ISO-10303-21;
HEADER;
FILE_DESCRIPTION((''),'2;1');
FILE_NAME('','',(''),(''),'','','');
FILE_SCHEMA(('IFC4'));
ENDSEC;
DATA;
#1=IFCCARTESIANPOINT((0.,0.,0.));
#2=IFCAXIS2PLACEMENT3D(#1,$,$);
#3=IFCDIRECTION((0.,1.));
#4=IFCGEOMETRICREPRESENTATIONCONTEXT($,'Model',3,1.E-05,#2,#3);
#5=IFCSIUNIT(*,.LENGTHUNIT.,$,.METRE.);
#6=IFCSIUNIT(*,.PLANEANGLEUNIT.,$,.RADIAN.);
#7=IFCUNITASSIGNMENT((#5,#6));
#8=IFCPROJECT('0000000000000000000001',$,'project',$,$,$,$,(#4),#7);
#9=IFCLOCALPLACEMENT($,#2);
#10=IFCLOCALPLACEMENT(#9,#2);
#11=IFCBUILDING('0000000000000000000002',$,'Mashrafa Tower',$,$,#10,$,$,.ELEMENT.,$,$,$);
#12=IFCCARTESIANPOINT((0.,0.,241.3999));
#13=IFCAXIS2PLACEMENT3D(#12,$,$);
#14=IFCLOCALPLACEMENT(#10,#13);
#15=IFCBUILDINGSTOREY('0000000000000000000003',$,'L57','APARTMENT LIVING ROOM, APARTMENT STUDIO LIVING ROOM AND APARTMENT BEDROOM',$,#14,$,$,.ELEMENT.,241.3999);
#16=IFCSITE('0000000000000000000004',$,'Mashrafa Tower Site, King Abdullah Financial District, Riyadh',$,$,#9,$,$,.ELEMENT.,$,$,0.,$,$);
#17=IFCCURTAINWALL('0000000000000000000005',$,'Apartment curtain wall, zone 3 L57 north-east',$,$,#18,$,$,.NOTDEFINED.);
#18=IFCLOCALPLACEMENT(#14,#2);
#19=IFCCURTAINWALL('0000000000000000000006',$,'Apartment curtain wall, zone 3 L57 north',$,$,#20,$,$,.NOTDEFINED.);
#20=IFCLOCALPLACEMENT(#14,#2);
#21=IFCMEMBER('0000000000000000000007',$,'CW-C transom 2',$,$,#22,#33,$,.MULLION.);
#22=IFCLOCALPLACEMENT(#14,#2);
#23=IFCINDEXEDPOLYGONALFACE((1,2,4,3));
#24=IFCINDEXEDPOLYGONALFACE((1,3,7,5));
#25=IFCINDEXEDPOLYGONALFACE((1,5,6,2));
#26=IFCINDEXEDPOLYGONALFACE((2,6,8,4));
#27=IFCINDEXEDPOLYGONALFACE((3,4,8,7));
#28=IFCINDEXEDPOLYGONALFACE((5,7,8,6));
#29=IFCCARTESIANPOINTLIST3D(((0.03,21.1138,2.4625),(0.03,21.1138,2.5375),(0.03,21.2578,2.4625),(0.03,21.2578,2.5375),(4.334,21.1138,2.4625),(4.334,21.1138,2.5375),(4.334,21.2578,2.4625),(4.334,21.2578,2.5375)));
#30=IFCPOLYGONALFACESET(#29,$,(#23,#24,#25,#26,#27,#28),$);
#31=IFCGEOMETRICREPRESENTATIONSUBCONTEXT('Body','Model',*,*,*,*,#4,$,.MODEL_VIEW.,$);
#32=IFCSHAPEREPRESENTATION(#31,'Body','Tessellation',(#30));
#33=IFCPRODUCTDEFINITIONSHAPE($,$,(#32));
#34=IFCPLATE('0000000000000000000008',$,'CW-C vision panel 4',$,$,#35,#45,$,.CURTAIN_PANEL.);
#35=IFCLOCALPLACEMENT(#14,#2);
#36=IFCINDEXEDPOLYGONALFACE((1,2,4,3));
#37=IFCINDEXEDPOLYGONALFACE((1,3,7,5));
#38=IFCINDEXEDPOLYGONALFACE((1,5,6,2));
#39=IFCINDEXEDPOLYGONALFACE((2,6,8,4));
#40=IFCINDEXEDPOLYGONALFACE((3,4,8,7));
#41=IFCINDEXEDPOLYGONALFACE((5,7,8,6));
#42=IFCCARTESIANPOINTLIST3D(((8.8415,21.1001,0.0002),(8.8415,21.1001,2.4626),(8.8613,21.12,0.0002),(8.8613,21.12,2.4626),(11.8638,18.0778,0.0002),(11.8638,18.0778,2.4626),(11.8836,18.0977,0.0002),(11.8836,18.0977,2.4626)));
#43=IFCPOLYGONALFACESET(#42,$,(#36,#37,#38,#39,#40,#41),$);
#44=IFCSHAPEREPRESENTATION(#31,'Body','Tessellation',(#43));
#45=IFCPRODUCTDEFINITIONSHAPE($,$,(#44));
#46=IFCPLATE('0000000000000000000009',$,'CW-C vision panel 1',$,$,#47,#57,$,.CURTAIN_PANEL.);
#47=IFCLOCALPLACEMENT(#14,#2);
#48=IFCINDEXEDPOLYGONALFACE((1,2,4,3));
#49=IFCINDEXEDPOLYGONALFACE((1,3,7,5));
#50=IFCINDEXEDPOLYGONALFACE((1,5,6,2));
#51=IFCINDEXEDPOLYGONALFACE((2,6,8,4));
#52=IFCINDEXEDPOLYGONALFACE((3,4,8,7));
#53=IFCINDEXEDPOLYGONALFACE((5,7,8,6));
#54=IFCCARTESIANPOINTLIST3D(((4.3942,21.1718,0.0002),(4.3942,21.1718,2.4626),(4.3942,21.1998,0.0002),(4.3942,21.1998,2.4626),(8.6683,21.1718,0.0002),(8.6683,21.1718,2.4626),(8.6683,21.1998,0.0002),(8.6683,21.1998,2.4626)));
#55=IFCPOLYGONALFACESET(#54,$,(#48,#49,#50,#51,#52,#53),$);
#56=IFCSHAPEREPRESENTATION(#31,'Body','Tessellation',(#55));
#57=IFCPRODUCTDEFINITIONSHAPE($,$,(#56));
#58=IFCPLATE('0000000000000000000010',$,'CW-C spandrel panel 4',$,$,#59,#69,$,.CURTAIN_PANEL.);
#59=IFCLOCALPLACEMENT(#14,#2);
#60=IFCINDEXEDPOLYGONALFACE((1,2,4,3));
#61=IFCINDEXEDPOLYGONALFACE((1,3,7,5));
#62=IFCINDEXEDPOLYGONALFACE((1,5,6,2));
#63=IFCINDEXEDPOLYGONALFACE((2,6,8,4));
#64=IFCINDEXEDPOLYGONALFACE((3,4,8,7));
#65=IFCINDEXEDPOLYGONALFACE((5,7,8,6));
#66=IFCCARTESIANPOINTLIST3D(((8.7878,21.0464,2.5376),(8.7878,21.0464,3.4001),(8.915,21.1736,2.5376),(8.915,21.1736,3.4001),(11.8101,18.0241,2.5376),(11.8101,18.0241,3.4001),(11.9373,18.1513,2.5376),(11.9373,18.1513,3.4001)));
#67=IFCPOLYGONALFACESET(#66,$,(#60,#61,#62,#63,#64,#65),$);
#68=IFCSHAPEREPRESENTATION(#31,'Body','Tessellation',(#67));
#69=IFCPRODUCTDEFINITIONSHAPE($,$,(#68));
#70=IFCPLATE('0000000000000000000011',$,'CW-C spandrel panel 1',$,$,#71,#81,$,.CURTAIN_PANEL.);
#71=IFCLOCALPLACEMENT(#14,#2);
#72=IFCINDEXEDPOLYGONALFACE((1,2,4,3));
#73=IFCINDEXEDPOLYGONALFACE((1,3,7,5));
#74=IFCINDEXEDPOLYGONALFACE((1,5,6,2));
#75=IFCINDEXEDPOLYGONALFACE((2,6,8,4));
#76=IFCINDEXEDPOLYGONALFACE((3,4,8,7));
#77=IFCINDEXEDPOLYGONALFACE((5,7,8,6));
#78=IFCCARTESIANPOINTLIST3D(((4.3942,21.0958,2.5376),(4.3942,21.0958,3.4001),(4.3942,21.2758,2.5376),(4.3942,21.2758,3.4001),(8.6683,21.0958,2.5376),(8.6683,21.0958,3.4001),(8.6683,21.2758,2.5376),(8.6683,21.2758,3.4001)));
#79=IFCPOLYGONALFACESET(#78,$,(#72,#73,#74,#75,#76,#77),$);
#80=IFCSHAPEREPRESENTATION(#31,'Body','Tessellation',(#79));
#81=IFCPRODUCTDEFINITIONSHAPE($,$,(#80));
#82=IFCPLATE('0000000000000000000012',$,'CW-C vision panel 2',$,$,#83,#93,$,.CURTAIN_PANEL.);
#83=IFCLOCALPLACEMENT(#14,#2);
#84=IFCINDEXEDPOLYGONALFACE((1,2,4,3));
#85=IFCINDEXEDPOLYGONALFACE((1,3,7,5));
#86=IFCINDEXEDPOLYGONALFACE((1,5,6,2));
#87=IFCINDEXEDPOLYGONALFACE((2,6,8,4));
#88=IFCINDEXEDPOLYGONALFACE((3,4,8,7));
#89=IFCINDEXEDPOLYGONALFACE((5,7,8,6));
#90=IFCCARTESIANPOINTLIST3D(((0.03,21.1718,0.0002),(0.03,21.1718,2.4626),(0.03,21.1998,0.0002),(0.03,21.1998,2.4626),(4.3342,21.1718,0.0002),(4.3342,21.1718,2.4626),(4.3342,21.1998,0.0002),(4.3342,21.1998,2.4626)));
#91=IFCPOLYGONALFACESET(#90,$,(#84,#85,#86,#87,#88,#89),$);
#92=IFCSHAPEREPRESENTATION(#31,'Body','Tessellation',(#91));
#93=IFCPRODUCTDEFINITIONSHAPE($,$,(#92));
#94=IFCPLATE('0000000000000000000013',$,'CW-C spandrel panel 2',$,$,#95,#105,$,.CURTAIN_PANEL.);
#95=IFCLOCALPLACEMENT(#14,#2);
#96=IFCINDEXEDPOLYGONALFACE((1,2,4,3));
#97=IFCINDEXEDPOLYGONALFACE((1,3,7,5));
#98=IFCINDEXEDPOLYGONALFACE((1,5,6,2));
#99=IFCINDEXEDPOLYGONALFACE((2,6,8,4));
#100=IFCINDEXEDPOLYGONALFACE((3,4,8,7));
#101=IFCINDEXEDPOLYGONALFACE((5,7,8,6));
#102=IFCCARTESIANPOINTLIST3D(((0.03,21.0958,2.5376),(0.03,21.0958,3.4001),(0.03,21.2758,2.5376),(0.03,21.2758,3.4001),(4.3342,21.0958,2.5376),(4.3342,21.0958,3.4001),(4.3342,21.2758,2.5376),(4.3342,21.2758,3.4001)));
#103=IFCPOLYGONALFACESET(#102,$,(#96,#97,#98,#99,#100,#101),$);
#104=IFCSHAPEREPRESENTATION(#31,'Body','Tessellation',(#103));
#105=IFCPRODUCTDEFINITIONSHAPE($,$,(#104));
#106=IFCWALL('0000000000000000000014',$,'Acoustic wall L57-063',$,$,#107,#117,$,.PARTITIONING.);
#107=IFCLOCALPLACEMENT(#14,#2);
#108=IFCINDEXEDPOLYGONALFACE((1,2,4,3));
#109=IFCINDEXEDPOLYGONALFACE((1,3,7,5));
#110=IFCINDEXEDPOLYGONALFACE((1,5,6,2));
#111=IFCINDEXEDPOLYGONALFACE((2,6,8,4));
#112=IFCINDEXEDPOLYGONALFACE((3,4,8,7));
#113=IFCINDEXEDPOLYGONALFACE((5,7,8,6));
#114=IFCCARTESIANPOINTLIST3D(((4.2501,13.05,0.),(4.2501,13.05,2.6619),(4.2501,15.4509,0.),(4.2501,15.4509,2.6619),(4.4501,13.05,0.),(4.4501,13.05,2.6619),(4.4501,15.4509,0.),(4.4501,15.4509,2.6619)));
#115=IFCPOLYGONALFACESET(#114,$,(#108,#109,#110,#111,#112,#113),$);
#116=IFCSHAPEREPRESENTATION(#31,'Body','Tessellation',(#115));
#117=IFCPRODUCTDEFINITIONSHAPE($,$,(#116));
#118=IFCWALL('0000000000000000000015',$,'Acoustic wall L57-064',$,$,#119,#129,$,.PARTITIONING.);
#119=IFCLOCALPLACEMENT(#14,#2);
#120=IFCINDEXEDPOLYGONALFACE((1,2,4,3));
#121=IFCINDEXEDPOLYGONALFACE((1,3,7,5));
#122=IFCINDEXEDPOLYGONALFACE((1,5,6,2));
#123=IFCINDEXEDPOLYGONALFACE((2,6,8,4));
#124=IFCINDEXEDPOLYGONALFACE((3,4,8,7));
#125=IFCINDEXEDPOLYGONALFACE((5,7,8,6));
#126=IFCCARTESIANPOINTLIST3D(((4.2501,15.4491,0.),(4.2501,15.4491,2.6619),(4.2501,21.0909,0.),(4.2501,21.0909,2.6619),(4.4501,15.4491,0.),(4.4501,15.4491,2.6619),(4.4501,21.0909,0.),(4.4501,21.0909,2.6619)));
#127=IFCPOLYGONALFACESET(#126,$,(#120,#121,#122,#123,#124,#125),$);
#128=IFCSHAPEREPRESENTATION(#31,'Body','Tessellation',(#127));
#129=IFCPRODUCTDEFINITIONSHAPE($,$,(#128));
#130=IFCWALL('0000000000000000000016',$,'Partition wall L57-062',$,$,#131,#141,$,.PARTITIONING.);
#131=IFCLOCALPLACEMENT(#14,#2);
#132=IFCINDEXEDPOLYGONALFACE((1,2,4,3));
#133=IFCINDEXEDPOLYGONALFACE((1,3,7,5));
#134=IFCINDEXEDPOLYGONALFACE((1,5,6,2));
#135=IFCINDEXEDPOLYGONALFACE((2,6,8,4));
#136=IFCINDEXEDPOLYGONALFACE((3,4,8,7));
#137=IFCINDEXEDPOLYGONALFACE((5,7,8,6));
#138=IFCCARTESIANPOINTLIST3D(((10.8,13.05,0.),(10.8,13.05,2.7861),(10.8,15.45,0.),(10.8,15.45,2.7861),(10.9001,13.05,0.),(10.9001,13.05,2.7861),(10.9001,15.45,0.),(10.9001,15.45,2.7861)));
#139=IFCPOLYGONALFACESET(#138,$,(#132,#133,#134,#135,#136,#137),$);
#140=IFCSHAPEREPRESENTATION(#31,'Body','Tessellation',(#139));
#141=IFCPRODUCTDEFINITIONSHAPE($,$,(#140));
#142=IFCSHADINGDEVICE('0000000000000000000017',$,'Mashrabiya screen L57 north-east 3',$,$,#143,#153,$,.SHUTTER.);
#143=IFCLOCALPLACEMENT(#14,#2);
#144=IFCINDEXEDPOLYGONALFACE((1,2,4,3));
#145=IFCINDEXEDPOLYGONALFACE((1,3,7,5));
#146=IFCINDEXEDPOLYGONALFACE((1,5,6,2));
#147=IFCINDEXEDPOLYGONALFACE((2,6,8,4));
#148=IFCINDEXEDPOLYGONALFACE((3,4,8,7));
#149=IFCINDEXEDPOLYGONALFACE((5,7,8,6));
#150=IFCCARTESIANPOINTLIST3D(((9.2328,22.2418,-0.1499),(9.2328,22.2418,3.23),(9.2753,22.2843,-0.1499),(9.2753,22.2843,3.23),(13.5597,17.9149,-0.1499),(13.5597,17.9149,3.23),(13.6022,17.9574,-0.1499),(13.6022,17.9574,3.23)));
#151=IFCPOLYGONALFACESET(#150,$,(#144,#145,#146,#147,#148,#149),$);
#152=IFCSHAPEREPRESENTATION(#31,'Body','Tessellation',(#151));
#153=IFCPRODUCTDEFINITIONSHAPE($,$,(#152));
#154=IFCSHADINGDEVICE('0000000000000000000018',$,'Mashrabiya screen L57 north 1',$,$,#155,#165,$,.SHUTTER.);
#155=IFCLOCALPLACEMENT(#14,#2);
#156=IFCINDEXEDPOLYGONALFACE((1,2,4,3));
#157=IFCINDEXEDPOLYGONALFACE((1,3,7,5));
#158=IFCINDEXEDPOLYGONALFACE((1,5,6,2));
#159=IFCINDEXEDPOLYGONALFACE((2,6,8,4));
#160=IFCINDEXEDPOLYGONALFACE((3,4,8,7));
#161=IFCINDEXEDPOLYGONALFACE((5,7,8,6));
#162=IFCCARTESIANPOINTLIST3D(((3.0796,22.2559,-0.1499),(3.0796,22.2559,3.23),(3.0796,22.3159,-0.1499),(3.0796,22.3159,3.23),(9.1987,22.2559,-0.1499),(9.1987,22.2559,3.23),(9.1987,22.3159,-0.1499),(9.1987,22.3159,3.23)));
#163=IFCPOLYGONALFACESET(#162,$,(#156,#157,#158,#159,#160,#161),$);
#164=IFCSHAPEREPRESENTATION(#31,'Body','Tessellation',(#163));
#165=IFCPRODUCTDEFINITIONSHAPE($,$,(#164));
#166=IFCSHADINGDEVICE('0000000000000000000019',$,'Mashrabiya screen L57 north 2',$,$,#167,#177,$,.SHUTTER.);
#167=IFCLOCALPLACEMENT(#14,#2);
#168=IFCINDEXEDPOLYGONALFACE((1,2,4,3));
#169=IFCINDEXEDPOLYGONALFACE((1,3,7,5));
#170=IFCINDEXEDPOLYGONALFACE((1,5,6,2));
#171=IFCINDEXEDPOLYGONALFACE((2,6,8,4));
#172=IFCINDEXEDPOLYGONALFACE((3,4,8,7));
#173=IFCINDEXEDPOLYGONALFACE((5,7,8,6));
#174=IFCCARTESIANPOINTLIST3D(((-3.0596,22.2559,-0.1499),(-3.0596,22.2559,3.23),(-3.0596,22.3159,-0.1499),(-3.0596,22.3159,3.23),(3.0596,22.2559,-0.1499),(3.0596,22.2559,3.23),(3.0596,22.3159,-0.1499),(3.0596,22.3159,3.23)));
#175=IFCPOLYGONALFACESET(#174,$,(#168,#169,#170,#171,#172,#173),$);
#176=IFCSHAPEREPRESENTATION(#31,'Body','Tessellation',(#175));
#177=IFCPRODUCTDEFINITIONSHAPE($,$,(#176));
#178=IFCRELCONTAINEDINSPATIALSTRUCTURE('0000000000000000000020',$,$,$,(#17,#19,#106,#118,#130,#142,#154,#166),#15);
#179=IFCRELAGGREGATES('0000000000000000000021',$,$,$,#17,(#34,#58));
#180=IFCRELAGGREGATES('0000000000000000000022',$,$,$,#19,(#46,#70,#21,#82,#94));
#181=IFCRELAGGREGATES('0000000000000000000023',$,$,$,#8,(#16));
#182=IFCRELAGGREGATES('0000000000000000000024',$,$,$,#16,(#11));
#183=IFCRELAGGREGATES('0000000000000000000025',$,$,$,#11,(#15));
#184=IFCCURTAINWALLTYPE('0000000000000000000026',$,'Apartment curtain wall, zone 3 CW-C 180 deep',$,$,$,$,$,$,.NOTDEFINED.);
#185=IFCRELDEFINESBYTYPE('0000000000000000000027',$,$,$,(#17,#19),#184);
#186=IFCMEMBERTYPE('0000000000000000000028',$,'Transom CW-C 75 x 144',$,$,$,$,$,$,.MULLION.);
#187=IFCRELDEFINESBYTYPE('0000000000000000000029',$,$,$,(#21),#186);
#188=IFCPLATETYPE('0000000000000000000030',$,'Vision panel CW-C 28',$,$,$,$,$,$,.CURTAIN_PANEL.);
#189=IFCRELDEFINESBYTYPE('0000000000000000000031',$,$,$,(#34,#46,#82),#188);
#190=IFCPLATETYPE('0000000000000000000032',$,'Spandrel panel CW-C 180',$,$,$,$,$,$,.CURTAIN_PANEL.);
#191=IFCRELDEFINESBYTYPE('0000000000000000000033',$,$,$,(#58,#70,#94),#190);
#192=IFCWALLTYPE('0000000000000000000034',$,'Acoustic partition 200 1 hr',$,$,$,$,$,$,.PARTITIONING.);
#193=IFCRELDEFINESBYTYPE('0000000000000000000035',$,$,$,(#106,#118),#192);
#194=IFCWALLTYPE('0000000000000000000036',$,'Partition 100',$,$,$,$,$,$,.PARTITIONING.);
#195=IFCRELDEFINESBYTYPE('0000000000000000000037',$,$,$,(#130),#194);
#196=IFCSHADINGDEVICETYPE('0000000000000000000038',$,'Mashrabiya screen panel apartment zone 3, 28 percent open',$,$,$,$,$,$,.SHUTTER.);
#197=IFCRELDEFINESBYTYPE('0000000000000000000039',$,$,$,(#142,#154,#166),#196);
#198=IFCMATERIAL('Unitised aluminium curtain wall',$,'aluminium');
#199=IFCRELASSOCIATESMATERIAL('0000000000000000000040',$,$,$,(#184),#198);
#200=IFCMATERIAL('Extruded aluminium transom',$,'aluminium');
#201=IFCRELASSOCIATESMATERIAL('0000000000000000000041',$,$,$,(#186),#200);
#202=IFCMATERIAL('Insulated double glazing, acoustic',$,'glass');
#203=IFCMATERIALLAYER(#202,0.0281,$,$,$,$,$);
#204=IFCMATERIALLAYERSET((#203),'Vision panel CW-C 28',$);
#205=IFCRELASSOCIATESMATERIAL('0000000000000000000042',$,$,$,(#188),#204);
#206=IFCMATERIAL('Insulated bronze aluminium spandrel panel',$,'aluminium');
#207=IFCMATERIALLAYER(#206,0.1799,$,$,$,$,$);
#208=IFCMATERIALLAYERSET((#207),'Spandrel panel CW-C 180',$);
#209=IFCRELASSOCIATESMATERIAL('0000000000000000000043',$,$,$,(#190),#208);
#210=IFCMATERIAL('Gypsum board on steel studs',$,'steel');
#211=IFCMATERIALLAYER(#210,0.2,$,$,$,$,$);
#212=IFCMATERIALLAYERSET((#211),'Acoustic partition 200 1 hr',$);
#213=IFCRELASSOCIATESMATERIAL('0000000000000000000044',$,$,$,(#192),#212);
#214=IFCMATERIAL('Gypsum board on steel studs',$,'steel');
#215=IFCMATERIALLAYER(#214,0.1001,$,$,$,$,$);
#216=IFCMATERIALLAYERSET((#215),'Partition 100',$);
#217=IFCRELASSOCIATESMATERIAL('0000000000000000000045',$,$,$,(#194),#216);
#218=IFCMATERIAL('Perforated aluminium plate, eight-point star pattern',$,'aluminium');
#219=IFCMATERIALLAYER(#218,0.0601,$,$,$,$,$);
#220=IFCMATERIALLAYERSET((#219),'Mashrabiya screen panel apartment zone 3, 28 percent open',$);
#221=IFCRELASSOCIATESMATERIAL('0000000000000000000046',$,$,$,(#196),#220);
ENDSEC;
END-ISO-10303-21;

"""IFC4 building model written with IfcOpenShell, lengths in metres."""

from ifc_helpers import new_model, si_unit, direction, frame, frame_2d, origin, origin_2d, place, context, subcontext, project, spatial, rectangle, extrude, source, transform, mapped, material, layer, layer_set, material_profile, profile_set, type_object, type_shapes, element, aggregate, save


model = new_model("IFC4")

# Units and contexts
model_context = context("Model", 3, precision=1e-05, world=origin(), true_north=direction((0.0, 1.0)))
body_context = subcontext(model_context, "Body", "Model", "MODEL_VIEW")
ifc_project = project(units=[si_unit("LENGTHUNIT", "METRE"), si_unit("PLANEANGLEUNIT", "RADIAN")], contexts=[model_context])

# Site, building, storey
site_placement = place(None, origin())
site = spatial("IfcSite", under=ifc_project, at=site_placement, Name="Mashrafa Tower Site, King Abdullah Financial District, Riyadh", CompositionType="ELEMENT", RefElevation=0.0)
building_placement = place(site_placement, origin())
building = spatial("IfcBuilding", under=site, at=building_placement, Name="Mashrafa Tower", CompositionType="ELEMENT")
storey_placement = place(building_placement, frame((0.0, 0.0, 241.3999)))
storey = spatial("IfcBuildingStorey", under=building, at=storey_placement, Name="L57", Description="APARTMENT LIVING ROOM, APARTMENT STUDIO LIVING ROOM AND APARTMENT BEDROOM", CompositionType="ELEMENT", Elevation=241.3999)

# Curtain walls
ifc_material_1 = material(Name="Unitised aluminium curtain wall", Category="aluminium")
curtain_wall_type = type_object("IfcCurtainWallType", Name="Apartment curtain wall, zone 3 CW-C 180 deep", PredefinedType="NOTDEFINED", material=ifc_material_1)
curtain_wall_1_placement = place(storey_placement, origin())
curtain_wall_1 = element("IfcCurtainWall", 1, at=curtain_wall_1_placement, inside=storey, type_object=curtain_wall_type, Name="Apartment curtain wall, zone 3 L57 north-east", PredefinedType="NOTDEFINED")
curtain_wall_2_placement = place(storey_placement, origin())
curtain_wall_2 = element("IfcCurtainWall", 2, at=curtain_wall_2_placement, inside=storey, type_object=curtain_wall_type, Name="Apartment curtain wall, zone 3 L57 north", PredefinedType="NOTDEFINED")

# Member
ifc_material_2 = material(Name="Extruded aluminium transom", Category="aluminium")
ifc_material_profile_1 = material_profile(ifc_material_2, rectangle(XDim=0.144, YDim=0.075, at=origin_2d()), Name="Transom 75x144")
ifc_profile_set_1 = profile_set([ifc_material_profile_1], Name="Extruded aluminium transom")
member_type_1 = type_object("IfcMemberType", Name="Transom CW-C 75 x 144", PredefinedType="MULLION", material=ifc_profile_set_1)
shared_shape_1 = source(origin(), body_context, "Body", "SweptSolid", [
    extrude(rectangle(XDim=0.144, YDim=0.075, at=origin_2d()), origin(), (0.0, 0.0, 1.0), 4.304),
])
member_1_placement = place(storey_placement, frame((4.334, 21.1858, 2.5), z_axis=(-1.0, 0.0, 0.0), x_axis=(0.0, -1.0, 0.0)))
member_1 = element("IfcMember", 3, at=member_1_placement, type_object=member_type_1, Name="CW-C transom 2", PredefinedType="MULLION", context=body_context, shape_type="MappedRepresentation", body=[
    mapped(shared_shape_1, transform((0.0, 0.0, 0.0))),
])

# Plates
ifc_material_3 = material(Name="Insulated double glazing, acoustic", Category="glass")
ifc_layer_1 = layer(ifc_material_3, 0.0281)
ifc_layer_set_1 = layer_set([ifc_layer_1], Name="Vision panel CW-C 28")
plate_type_1 = type_object("IfcPlateType", Name="Vision panel CW-C 28", PredefinedType="CURTAIN_PANEL", material=ifc_layer_set_1)
shared_shape_2 = source(origin(), body_context, "Body", "SweptSolid", [
    extrude(rectangle(XDim=4.2742, YDim=0.0281, at=origin_2d()), origin(), (0.0, 0.0, 1.0), 2.4624),
])
plate_1_placement = place(storey_placement, frame((10.3625, 19.5989, 0.0002), z_axis=(0.0, 0.0, 1.0), x_axis=(-0.707107, 0.707107, 0.0)))
plate_1 = element("IfcPlate", 4, at=plate_1_placement, type_object=plate_type_1, Name="CW-C vision panel 4", PredefinedType="CURTAIN_PANEL", context=body_context, shape_type="MappedRepresentation", body=[
    mapped(shared_shape_2, transform((0.0, 0.0, 0.0))),
])
plate_2_placement = place(storey_placement, frame((6.5312, 21.1858, 0.0002), z_axis=(0.0, 0.0, 1.0), x_axis=(-1.0, 0.0, 0.0)))
plate_2 = element("IfcPlate", 5, at=plate_2_placement, type_object=plate_type_1, Name="CW-C vision panel 1", PredefinedType="CURTAIN_PANEL", context=body_context, shape_type="MappedRepresentation", body=[
    mapped(shared_shape_2, transform((0.0, 0.0, 0.0))),
])
ifc_material_4 = material(Name="Insulated bronze aluminium spandrel panel", Category="aluminium")
ifc_layer_2 = layer(ifc_material_4, 0.1799)
ifc_layer_set_2 = layer_set([ifc_layer_2], Name="Spandrel panel CW-C 180")
plate_type_2 = type_object("IfcPlateType", Name="Spandrel panel CW-C 180", PredefinedType="CURTAIN_PANEL", material=ifc_layer_set_2)
shared_shape_3 = source(origin(), body_context, "Body", "SweptSolid", [
    extrude(rectangle(XDim=4.2742, YDim=0.1799, at=origin_2d()), origin(), (0.0, 0.0, 1.0), 0.8625),
])
plate_3_placement = place(storey_placement, frame((10.3625, 19.5989, 2.5376), z_axis=(0.0, 0.0, 1.0), x_axis=(-0.707107, 0.707107, 0.0)))
plate_3 = element("IfcPlate", 6, at=plate_3_placement, type_object=plate_type_2, Name="CW-C spandrel panel 4", PredefinedType="CURTAIN_PANEL", context=body_context, shape_type="MappedRepresentation", body=[
    mapped(shared_shape_3, transform((0.0, 0.0, 0.0))),
])
aggregate(curtain_wall_1, [plate_1, plate_3])
plate_4_placement = place(storey_placement, frame((6.5312, 21.1858, 2.5376), z_axis=(0.0, 0.0, 1.0), x_axis=(-1.0, 0.0, 0.0)))
plate_4 = element("IfcPlate", 7, at=plate_4_placement, type_object=plate_type_2, Name="CW-C spandrel panel 1", PredefinedType="CURTAIN_PANEL", context=body_context, shape_type="MappedRepresentation", body=[
    mapped(shared_shape_3, transform((0.0, 0.0, 0.0))),
])
shared_shape_4 = source(origin(), body_context, "Body", "SweptSolid", [
    extrude(rectangle(XDim=4.3042, YDim=0.0281, at=origin_2d()), origin(), (0.0, 0.0, 1.0), 2.4624),
])
type_shapes(plate_type_1, [shared_shape_2, shared_shape_4])
plate_5_placement = place(storey_placement, frame((2.1821, 21.1858, 0.0002), z_axis=(0.0, 0.0, 1.0), x_axis=(-1.0, 0.0, 0.0)))
plate_5 = element("IfcPlate", 8, at=plate_5_placement, type_object=plate_type_1, Name="CW-C vision panel 2", PredefinedType="CURTAIN_PANEL", context=body_context, shape_type="MappedRepresentation", body=[
    mapped(shared_shape_4, transform((0.0, 0.0, 0.0))),
])
shared_shape_5 = source(origin(), body_context, "Body", "SweptSolid", [
    extrude(rectangle(XDim=4.3042, YDim=0.1799, at=origin_2d()), origin(), (0.0, 0.0, 1.0), 0.8625),
])
type_shapes(plate_type_2, [shared_shape_3, shared_shape_5])
plate_6_placement = place(storey_placement, frame((2.1821, 21.1858, 2.5376), z_axis=(0.0, 0.0, 1.0), x_axis=(-1.0, 0.0, 0.0)))
plate_6 = element("IfcPlate", 9, at=plate_6_placement, type_object=plate_type_2, Name="CW-C spandrel panel 2", PredefinedType="CURTAIN_PANEL", context=body_context, shape_type="MappedRepresentation", body=[
    mapped(shared_shape_5, transform((0.0, 0.0, 0.0))),
])
aggregate(curtain_wall_2, [plate_2, plate_4, member_1, plate_5, plate_6])

# Walls
ifc_material_5 = material(Name="Gypsum board on steel studs", Category="steel")
ifc_layer_3 = layer(ifc_material_5, 0.2)
ifc_layer_set_3 = layer_set([ifc_layer_3], Name="Acoustic partition 200 1 hr")
wall_type_1 = type_object("IfcWallType", Name="Acoustic partition 200 1 hr", PredefinedType="PARTITIONING", material=ifc_layer_set_3)
wall_1_placement = place(storey_placement, frame((4.3501, 15.4509, 0.0), z_axis=(0.0, 0.0, 1.0), x_axis=(0.0, -1.0, 0.0)))
element("IfcWall", 10, at=wall_1_placement, inside=storey, type_object=wall_type_1, Name="Acoustic wall L57-063", PredefinedType="PARTITIONING", context=body_context, shape_type="SweptSolid", body=[
    extrude(rectangle(XDim=2.4009, YDim=0.2, at=frame_2d((1.2004, 0.0))), origin(), (0.0, 0.0, 1.0), 2.6619),
])
wall_2_placement = place(storey_placement, frame((4.3501, 21.0908, 0.0), z_axis=(0.0, 0.0, 1.0), x_axis=(0.0, -1.0, 0.0)))
element("IfcWall", 11, at=wall_2_placement, inside=storey, type_object=wall_type_1, Name="Acoustic wall L57-064", PredefinedType="PARTITIONING", context=body_context, shape_type="SweptSolid", body=[
    extrude(rectangle(XDim=5.6418, YDim=0.2, at=frame_2d((2.8208, 0.0))), origin(), (0.0, 0.0, 1.0), 2.6619),
])
ifc_material_6 = material(Name="Gypsum board on steel studs", Category="steel")
ifc_layer_4 = layer(ifc_material_6, 0.1001)
ifc_layer_set_4 = layer_set([ifc_layer_4], Name="Partition 100")
wall_type_2 = type_object("IfcWallType", Name="Partition 100", PredefinedType="PARTITIONING", material=ifc_layer_set_4)
wall_3_placement = place(storey_placement, frame((10.8501, 15.45, 0.0), z_axis=(0.0, 0.0, 1.0), x_axis=(0.0, -1.0, 0.0)))
element("IfcWall", 12, at=wall_3_placement, inside=storey, type_object=wall_type_2, Name="Partition wall L57-062", PredefinedType="PARTITIONING", context=body_context, shape_type="SweptSolid", body=[
    extrude(rectangle(XDim=2.3999, YDim=0.1001, at=frame_2d((1.2, 0.0))), origin(), (0.0, 0.0, 1.0), 2.7861),
])

# Shading devices
ifc_material_7 = material(Name="Perforated aluminium plate, eight-point star pattern", Category="aluminium")
ifc_layer_5 = layer(ifc_material_7, 0.0601)
ifc_layer_set_5 = layer_set([ifc_layer_5], Name="Mashrabiya screen panel apartment zone 3, 28 percent open")
shading_device_type = type_object("IfcShadingDeviceType", Name="Mashrabiya screen panel apartment zone 3, 28 percent open", PredefinedType="SHUTTER", material=ifc_layer_set_5)
shared_shape_6 = source(origin(), body_context, "Body", "SweptSolid", [
    extrude(rectangle(XDim=6.1191, YDim=0.0601, at=origin_2d()), origin(), (0.0, 0.0, 1.0), 3.3799),
])
type_shapes(shading_device_type, [shared_shape_6])
for number, where, z_axis, x_axis, name in (
    (13, (11.4175, 20.0996, -0.1499), (0.0, 0.0, 1.0), (-0.707107, 0.707107, 0.0), "Mashrabiya screen L57 north-east 3"),
    (14, (6.1392, 22.2859, -0.1499), (0.0, 0.0, 1.0), (-1.0, 0.0, 0.0), "Mashrabiya screen L57 north 1"),
    (15, (0.0, 22.2859, -0.1499), (0.0, 0.0, 1.0), (-1.0, 0.0, 0.0), "Mashrabiya screen L57 north 2"),
):
    element("IfcShadingDevice", number, at=place(storey_placement, frame(where, z_axis=z_axis, x_axis=x_axis)), inside=storey, type_object=shading_device_type, Name=name, PredefinedType="SHUTTER", context=body_context, shape_type="MappedRepresentation", body=[
        mapped(shared_shape_6, transform((0.0, 0.0, 0.0))),
    ])

save(model, "model.ifc")
